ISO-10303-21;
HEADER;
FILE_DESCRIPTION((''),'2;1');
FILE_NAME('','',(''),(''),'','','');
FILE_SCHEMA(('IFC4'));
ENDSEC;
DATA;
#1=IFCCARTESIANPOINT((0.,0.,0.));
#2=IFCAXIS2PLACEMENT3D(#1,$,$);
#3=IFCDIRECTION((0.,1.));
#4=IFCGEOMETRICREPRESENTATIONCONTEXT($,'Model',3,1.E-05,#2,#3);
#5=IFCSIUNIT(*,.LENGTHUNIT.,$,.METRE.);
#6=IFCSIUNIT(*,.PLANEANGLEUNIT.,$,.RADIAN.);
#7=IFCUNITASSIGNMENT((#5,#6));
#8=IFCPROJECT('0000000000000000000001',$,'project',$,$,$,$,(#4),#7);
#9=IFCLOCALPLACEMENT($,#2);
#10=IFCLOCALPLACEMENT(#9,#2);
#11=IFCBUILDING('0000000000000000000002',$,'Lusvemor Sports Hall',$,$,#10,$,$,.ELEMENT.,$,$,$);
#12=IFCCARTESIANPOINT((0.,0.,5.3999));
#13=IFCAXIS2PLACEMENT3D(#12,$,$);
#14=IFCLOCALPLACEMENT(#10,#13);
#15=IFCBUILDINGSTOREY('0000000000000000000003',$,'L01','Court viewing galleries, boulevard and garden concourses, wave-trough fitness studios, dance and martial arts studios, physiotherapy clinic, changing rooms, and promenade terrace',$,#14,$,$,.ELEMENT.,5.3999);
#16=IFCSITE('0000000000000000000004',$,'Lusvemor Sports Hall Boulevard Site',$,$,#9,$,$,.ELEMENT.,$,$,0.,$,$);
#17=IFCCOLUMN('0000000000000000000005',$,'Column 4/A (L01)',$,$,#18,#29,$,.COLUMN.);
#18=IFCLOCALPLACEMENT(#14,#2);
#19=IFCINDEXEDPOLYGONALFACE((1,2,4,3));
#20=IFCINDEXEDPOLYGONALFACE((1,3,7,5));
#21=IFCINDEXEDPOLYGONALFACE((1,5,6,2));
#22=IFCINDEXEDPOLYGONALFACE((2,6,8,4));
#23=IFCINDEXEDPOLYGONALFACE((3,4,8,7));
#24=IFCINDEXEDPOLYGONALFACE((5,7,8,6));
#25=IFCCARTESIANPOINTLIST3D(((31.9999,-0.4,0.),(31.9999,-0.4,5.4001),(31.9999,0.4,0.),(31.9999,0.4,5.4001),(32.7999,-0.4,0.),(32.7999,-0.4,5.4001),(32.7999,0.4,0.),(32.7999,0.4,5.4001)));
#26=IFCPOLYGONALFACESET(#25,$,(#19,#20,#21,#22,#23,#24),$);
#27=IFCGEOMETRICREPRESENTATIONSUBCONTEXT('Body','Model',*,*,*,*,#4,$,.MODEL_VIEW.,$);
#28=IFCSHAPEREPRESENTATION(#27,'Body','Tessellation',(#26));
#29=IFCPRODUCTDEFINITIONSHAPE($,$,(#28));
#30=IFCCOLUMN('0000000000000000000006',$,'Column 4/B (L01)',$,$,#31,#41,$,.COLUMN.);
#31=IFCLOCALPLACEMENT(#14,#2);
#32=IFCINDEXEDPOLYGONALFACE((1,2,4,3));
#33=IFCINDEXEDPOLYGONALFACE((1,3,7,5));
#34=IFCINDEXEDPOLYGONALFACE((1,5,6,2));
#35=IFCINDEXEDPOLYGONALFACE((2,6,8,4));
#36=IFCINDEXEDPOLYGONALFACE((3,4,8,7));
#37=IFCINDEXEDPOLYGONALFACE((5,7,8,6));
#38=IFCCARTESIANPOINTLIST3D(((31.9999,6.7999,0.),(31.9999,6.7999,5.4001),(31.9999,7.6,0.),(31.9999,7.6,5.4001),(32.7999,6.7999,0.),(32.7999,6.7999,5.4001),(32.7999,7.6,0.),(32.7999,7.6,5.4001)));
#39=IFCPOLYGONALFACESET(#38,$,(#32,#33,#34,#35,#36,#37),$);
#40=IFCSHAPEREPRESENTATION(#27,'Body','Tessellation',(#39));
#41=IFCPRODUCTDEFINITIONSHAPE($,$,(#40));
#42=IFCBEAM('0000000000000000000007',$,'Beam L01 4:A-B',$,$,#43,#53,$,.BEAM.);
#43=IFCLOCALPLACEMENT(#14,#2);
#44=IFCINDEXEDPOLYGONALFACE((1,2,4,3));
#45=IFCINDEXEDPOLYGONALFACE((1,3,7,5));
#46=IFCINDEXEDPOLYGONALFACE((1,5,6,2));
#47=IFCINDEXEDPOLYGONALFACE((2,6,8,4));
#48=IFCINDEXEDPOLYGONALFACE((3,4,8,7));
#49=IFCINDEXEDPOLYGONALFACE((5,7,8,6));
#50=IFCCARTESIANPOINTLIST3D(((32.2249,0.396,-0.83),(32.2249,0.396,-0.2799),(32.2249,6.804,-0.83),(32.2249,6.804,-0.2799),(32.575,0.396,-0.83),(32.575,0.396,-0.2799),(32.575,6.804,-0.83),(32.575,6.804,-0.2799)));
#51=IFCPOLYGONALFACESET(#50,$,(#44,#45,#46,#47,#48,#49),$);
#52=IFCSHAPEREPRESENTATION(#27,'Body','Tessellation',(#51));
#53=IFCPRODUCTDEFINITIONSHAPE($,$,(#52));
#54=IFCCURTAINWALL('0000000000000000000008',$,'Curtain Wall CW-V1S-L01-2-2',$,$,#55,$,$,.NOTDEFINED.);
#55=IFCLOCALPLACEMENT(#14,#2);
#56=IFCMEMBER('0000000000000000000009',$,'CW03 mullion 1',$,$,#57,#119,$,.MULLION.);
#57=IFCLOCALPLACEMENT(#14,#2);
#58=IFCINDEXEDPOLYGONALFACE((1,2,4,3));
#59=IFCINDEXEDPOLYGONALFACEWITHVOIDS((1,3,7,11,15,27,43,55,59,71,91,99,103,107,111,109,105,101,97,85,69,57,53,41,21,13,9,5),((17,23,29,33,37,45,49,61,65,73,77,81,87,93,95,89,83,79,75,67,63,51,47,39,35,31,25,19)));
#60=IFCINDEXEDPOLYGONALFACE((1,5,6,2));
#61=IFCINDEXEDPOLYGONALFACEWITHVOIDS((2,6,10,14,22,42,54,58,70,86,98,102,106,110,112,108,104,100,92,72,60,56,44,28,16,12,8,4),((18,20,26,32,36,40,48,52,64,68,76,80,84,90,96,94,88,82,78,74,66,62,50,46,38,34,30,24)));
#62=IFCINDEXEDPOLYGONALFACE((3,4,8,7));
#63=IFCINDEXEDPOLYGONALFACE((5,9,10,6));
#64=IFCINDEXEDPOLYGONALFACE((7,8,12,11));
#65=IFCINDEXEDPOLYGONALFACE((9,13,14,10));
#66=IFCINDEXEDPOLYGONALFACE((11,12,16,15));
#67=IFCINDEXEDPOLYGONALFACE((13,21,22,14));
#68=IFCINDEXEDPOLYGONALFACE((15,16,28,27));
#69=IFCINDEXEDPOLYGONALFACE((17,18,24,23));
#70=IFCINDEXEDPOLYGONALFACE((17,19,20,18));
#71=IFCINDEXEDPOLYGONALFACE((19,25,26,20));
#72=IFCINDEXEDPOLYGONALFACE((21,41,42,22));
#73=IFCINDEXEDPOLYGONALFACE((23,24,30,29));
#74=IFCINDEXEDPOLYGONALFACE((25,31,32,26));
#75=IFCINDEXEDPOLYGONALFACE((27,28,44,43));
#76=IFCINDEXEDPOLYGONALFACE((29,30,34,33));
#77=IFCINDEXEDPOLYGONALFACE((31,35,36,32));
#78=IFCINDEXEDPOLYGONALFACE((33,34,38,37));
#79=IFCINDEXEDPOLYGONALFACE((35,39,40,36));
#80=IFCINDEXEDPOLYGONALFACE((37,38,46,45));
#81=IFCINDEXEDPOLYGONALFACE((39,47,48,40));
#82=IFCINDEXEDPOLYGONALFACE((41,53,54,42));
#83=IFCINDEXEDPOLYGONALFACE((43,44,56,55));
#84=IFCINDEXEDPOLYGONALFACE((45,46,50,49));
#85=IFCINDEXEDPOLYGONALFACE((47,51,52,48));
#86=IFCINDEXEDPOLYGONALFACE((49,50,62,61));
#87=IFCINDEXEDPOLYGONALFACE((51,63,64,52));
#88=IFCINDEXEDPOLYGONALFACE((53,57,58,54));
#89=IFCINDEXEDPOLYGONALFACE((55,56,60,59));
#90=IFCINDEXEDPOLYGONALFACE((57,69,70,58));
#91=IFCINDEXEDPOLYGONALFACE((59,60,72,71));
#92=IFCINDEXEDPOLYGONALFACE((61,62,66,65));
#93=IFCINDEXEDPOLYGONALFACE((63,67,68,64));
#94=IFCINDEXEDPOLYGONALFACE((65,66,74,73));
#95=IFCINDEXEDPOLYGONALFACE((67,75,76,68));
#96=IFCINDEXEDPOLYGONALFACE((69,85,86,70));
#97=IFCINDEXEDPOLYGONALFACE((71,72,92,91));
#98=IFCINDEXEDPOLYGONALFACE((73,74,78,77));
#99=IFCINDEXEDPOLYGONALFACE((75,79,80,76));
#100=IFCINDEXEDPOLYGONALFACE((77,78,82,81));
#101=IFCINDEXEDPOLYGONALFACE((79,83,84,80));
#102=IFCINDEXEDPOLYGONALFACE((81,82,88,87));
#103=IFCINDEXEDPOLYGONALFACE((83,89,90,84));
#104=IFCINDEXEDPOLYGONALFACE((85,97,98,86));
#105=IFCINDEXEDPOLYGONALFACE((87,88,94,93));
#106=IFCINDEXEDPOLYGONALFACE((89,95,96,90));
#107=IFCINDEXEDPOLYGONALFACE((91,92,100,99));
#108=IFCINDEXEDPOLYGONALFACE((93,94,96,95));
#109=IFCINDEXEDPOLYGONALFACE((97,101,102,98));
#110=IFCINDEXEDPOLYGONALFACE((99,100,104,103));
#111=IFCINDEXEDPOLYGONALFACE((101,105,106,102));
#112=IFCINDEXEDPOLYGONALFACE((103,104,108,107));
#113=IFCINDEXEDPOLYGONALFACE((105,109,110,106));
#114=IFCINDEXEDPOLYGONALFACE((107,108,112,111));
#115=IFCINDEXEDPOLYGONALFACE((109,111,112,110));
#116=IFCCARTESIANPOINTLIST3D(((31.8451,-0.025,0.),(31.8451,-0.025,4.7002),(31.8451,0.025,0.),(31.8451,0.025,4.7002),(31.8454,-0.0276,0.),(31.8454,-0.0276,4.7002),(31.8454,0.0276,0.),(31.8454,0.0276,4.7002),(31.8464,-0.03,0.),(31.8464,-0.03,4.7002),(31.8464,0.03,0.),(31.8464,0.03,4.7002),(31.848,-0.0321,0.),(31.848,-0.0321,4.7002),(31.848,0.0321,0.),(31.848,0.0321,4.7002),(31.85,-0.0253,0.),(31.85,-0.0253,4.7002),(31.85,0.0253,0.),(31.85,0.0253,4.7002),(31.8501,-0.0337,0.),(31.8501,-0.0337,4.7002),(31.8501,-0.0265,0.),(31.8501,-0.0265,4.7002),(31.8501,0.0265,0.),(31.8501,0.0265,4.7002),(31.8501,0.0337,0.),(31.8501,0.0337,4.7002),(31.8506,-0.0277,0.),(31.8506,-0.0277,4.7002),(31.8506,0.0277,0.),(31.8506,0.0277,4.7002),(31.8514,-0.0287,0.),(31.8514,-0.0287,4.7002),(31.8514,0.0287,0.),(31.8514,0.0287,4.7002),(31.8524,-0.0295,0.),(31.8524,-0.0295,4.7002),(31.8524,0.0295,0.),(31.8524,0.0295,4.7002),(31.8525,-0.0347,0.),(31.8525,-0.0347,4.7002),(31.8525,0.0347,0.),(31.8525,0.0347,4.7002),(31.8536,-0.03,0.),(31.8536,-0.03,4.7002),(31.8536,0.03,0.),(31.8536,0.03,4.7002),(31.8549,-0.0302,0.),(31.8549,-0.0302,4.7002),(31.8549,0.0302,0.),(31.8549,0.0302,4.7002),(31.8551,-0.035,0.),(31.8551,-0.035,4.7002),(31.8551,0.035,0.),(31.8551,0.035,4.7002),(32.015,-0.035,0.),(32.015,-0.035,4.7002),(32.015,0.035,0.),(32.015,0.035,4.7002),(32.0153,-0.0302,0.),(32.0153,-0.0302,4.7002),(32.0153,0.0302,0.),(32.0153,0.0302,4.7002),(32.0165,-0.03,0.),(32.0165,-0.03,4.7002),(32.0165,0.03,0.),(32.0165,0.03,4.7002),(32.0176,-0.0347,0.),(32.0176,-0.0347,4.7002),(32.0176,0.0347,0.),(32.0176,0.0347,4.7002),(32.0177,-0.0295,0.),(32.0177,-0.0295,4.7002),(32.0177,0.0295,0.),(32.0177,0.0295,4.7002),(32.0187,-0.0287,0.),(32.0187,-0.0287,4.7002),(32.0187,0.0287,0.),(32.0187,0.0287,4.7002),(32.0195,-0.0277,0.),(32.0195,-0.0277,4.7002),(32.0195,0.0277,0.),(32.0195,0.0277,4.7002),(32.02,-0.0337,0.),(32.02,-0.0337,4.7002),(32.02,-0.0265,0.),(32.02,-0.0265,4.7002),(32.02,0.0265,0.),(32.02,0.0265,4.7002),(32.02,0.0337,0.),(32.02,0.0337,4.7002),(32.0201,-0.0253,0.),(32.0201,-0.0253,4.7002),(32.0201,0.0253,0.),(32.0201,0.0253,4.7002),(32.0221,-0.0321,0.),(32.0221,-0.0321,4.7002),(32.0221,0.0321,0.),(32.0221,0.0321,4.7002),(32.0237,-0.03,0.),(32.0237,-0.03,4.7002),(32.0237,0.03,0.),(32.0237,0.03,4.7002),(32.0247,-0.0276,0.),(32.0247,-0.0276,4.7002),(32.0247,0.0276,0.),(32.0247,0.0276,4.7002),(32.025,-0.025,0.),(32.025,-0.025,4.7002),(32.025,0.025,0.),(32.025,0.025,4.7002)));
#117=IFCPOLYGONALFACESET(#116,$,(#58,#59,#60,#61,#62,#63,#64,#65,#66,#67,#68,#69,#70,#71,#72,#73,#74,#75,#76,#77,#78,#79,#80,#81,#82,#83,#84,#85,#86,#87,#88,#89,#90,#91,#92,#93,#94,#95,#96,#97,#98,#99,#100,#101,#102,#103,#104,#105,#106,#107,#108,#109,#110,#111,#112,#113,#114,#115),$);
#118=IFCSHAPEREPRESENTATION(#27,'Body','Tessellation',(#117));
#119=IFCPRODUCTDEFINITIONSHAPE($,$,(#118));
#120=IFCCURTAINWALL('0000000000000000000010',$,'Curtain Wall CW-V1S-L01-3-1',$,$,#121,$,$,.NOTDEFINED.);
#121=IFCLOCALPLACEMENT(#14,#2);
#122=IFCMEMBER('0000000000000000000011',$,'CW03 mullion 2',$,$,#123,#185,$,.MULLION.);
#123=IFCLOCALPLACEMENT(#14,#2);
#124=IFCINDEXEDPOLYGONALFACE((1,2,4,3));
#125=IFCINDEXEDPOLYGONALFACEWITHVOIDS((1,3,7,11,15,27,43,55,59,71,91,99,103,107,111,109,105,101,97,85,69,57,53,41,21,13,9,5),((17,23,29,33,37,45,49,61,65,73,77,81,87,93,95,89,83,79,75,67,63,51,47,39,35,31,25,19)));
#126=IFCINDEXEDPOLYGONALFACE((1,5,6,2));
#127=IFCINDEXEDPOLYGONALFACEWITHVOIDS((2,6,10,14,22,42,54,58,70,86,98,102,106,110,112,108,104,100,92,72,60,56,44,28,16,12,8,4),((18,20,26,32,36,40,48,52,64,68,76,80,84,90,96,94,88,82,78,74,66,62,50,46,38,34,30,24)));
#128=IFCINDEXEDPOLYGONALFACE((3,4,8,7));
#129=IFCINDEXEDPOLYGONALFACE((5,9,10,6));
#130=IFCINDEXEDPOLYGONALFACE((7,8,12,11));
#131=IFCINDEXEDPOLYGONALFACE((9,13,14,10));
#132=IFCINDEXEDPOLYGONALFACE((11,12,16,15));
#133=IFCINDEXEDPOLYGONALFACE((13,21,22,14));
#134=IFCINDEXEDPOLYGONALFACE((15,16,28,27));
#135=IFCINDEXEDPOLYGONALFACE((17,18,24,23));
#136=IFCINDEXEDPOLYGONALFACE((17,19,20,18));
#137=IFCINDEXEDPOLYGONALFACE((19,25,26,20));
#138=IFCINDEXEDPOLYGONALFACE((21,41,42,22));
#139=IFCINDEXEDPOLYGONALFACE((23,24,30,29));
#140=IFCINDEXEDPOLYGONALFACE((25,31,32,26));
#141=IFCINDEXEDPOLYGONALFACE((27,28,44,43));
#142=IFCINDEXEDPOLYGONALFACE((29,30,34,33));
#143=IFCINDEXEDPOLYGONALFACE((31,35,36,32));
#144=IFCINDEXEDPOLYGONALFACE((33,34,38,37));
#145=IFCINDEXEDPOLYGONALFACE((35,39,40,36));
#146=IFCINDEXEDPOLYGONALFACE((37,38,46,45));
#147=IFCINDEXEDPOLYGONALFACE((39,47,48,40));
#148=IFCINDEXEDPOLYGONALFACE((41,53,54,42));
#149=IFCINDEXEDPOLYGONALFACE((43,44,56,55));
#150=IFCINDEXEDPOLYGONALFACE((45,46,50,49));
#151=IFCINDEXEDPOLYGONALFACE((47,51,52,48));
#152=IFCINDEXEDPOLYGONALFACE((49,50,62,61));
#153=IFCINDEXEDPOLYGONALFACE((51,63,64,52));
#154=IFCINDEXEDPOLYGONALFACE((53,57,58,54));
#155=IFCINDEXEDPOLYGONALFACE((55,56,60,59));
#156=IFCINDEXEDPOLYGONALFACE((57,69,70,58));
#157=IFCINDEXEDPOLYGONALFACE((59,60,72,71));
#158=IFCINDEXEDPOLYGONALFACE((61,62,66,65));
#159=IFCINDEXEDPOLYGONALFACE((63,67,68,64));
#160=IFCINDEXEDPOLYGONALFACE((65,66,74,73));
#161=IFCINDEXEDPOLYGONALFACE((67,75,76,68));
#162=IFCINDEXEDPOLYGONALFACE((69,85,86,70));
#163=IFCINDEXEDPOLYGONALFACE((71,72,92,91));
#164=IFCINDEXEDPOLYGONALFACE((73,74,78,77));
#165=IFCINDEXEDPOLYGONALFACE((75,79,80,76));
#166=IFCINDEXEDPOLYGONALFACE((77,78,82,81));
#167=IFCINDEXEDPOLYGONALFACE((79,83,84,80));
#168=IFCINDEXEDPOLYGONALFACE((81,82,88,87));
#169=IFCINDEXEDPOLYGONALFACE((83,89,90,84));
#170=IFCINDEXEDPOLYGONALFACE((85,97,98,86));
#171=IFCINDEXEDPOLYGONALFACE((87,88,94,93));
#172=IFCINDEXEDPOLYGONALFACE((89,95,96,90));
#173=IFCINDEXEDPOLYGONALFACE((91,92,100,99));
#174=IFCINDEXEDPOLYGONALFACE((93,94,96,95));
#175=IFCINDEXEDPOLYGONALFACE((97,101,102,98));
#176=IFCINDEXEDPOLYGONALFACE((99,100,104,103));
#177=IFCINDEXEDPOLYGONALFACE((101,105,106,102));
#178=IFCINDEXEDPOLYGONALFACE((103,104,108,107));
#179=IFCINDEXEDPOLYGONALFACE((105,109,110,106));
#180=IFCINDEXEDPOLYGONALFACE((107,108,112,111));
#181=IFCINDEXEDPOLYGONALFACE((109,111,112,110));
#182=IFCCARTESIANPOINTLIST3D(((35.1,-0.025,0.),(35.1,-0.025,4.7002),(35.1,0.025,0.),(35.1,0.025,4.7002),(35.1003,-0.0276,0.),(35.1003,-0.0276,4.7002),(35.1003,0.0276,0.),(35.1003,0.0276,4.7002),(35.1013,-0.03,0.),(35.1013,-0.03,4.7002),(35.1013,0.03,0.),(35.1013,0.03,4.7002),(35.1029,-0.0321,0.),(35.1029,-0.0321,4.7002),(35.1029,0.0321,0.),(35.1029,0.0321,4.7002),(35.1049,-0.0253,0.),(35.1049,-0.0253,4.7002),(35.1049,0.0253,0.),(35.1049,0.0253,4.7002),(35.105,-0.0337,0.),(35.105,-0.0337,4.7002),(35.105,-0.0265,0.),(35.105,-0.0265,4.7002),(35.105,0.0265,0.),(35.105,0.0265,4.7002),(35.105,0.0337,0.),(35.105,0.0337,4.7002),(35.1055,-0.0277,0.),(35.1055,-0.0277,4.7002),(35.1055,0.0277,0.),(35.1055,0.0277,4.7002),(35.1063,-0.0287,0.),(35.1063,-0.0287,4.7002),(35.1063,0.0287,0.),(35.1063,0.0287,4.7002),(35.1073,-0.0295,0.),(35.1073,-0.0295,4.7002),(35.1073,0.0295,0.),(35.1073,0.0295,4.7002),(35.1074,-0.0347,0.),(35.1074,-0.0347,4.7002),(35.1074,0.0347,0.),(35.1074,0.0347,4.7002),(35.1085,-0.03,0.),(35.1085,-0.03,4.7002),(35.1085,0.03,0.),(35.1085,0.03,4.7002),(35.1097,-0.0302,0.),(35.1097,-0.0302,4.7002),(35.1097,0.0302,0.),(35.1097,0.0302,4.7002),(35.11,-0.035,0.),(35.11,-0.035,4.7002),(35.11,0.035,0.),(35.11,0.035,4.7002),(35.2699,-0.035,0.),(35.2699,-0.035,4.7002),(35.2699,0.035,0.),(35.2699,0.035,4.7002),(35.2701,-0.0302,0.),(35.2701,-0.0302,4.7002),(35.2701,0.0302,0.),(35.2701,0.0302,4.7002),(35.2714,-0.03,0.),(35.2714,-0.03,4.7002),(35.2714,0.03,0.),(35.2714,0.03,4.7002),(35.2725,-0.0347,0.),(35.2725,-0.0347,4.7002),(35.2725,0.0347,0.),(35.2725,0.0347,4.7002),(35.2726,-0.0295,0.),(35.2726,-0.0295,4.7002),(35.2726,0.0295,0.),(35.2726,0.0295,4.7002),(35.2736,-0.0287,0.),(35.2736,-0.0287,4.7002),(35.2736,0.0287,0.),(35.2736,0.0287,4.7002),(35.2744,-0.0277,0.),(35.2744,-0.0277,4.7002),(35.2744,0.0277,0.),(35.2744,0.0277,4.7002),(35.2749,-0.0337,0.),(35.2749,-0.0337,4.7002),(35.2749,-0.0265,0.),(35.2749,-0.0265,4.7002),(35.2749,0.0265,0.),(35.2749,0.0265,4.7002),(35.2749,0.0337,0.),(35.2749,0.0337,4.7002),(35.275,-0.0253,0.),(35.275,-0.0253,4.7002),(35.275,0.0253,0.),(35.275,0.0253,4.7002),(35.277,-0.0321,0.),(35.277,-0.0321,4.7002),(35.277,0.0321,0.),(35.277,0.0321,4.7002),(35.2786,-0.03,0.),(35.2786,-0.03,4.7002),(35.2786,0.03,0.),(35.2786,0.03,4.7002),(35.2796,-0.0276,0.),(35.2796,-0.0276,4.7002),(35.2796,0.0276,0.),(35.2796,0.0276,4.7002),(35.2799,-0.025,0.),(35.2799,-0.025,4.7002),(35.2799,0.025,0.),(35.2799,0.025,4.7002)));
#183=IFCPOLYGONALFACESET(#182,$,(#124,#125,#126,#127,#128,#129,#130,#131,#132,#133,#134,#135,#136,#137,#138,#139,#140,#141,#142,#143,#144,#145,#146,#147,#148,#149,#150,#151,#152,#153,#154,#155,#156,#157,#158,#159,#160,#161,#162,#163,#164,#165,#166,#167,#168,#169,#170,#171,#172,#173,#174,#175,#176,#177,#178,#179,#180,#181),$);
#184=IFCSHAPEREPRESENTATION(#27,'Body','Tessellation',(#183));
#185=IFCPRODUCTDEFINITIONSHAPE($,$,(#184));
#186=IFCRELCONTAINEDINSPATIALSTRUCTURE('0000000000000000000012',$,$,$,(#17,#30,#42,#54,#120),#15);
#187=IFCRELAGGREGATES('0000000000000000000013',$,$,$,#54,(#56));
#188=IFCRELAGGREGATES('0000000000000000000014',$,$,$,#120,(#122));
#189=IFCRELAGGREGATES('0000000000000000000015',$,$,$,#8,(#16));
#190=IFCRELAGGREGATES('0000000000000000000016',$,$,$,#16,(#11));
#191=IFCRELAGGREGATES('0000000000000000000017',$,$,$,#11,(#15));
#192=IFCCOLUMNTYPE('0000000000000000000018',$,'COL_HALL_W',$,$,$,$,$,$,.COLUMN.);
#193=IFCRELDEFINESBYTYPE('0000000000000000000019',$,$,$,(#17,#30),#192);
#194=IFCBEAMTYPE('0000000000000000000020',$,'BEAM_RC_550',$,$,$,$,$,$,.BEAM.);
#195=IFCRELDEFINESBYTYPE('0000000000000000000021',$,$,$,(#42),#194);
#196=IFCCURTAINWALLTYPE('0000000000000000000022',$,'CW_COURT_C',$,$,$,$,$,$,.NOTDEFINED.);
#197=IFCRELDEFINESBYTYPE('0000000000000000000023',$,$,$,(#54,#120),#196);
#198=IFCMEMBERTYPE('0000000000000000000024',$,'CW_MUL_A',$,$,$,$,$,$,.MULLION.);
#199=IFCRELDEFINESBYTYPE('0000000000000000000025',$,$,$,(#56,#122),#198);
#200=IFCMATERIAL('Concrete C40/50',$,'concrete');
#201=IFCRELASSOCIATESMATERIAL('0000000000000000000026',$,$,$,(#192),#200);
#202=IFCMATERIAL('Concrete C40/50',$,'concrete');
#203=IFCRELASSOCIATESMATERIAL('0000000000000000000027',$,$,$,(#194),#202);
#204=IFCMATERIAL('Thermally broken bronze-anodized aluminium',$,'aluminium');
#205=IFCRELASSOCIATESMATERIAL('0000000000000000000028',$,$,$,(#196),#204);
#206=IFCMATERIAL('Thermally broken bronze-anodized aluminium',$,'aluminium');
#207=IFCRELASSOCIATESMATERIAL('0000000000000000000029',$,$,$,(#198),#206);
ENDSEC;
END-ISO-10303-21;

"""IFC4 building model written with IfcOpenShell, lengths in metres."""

from ifc_helpers import new_model, si_unit, direction, frame, origin, origin_2d, place, context, subcontext, project, spatial, rectangle, hollow_rectangle, extrude, material, material_profile, profile_set, type_object, element, aggregate, save


model = new_model("IFC4")

# Units and contexts
model_context = context("Model", 3, precision=1e-05, world=origin(), true_north=direction((0.0, 1.0)))
body_context = subcontext(model_context, "Body", "Model", "MODEL_VIEW")
ifc_project = project(units=[si_unit("LENGTHUNIT", "METRE"), si_unit("PLANEANGLEUNIT", "RADIAN")], contexts=[model_context])

# Site, building, storey
site_placement = place(None, origin())
site = spatial("IfcSite", under=ifc_project, at=site_placement, Name="Lusvemor Sports Hall Boulevard Site", CompositionType="ELEMENT", RefElevation=0.0)
building_placement = place(site_placement, origin())
building = spatial("IfcBuilding", under=site, at=building_placement, Name="Lusvemor Sports Hall", CompositionType="ELEMENT")
storey_placement = place(building_placement, frame((0.0, 0.0, 5.3999)))
storey = spatial("IfcBuildingStorey", under=building, at=storey_placement, Name="L01", Description="Court viewing galleries, boulevard and garden concourses, wave-trough fitness studios, dance and martial arts studios, physiotherapy clinic, changing rooms, and promenade terrace", CompositionType="ELEMENT", Elevation=5.3999)

# Columns
ifc_material_1 = material(Name="Concrete C40/50", Category="concrete")
ifc_material_profile_1 = material_profile(ifc_material_1, rectangle(XDim=0.8, YDim=0.8, at=origin_2d()), Name="RC800x800")
ifc_profile_set_1 = profile_set([ifc_material_profile_1], Name="Concrete C40/50")
column_type = type_object("IfcColumnType", Name="COL_HALL_W", PredefinedType="COLUMN", material=ifc_profile_set_1)
for number, where, z_axis, x_axis, name in (
    (1, (32.3999, 0.0, 0.0), (0.0, 0.0, 1.0), (1.0, 0.0, 0.0), "Column 4/A (L01)"),
    (2, (32.3999, 7.2, 0.0), (0.0, 0.0, 1.0), (1.0, 0.0, 0.0), "Column 4/B (L01)"),
):
    element("IfcColumn", number, at=place(storey_placement, frame(where, z_axis=z_axis, x_axis=x_axis)), inside=storey, type_object=column_type, Name=name, PredefinedType="COLUMN", context=body_context, shape_type="SweptSolid", body=[
        extrude(rectangle(XDim=0.8, YDim=0.8, at=origin_2d()), origin(), (0.0, 0.0, 1.0), 5.4001),
    ])

# Beam
ifc_material_2 = material(Name="Concrete C40/50", Category="concrete")
ifc_material_profile_2 = material_profile(ifc_material_2, rectangle(XDim=0.3501, YDim=0.55, at=origin_2d()), Name="RC350x550")
ifc_profile_set_2 = profile_set([ifc_material_profile_2], Name="Concrete C40/50")
beam_type_1 = type_object("IfcBeamType", Name="BEAM_RC_550", PredefinedType="BEAM", material=ifc_profile_set_2)
beam_1_placement = place(storey_placement, frame((32.3999, 0.396, -0.5549), z_axis=(0.0, 1.0, 0.0), x_axis=(-1.0, 0.0, 0.0)))
element("IfcBeam", 3, at=beam_1_placement, inside=storey, type_object=beam_type_1, Name="Beam L01 4:A-B", PredefinedType="BEAM", context=body_context, shape_type="SweptSolid", body=[
    extrude(rectangle(XDim=0.3501, YDim=0.55, at=origin_2d()), origin(), (0.0, 0.0, 1.0), 6.408),
])

# Curtain wall, member
ifc_material_3 = material(Name="Thermally broken bronze-anodized aluminium", Category="aluminium")
curtain_wall_type = type_object("IfcCurtainWallType", Name="CW_COURT_C", PredefinedType="NOTDEFINED", material=ifc_material_3)
curtain_wall_1_placement = place(storey_placement, origin())
curtain_wall_1 = element("IfcCurtainWall", 4, at=curtain_wall_1_placement, inside=storey, type_object=curtain_wall_type, Name="Curtain Wall CW-V1S-L01-2-2", PredefinedType="NOTDEFINED")
ifc_material_4 = material(Name="Thermally broken bronze-anodized aluminium", Category="aluminium")
ifc_material_profile_3 = material_profile(ifc_material_4, hollow_rectangle(XDim=0.0701, YDim=0.1799, WallThickness=0.0049, InnerFilletRadius=0.0049, OuterFilletRadius=0.01, at=origin_2d()), Name="CWMUL180x70x5")
ifc_profile_set_3 = profile_set([ifc_material_profile_3], Name="Thermally broken bronze-anodized aluminium")
member_type_1 = type_object("IfcMemberType", Name="CW_MUL_A", PredefinedType="MULLION", material=ifc_profile_set_3)
member_1_placement = place(storey_placement, frame((31.9351, 0.0, 0.0), z_axis=(0.0, 0.0, 1.0), x_axis=(0.0, -1.0, 0.0)))
member_1 = element("IfcMember", 5, at=member_1_placement, type_object=member_type_1, Name="CW03 mullion 1", PredefinedType="MULLION", context=body_context, shape_type="SweptSolid", body=[
    extrude(hollow_rectangle(XDim=0.0701, YDim=0.1799, WallThickness=0.0049, InnerFilletRadius=0.0049, OuterFilletRadius=0.01, at=origin_2d()), origin(), (0.0, 0.0, 1.0), 4.7002),
])

# Curtain wall, member
curtain_wall_2_placement = place(storey_placement, origin())
curtain_wall_2 = element("IfcCurtainWall", 6, at=curtain_wall_2_placement, inside=storey, type_object=curtain_wall_type, Name="Curtain Wall CW-V1S-L01-3-1", PredefinedType="NOTDEFINED")
member_2_placement = place(storey_placement, frame((35.1899, 0.0, 0.0), z_axis=(0.0, 0.0, 1.0), x_axis=(0.0, -1.0, 0.0)))
member_2 = element("IfcMember", 7, at=member_2_placement, type_object=member_type_1, Name="CW03 mullion 2", PredefinedType="MULLION", context=body_context, shape_type="SweptSolid", body=[
    extrude(hollow_rectangle(XDim=0.0701, YDim=0.1799, WallThickness=0.0049, InnerFilletRadius=0.0049, OuterFilletRadius=0.01, at=origin_2d()), origin(), (0.0, 0.0, 1.0), 4.7002),
])

aggregate(curtain_wall_1, [member_1])
aggregate(curtain_wall_2, [member_2])

save(model, "model.ifc")
